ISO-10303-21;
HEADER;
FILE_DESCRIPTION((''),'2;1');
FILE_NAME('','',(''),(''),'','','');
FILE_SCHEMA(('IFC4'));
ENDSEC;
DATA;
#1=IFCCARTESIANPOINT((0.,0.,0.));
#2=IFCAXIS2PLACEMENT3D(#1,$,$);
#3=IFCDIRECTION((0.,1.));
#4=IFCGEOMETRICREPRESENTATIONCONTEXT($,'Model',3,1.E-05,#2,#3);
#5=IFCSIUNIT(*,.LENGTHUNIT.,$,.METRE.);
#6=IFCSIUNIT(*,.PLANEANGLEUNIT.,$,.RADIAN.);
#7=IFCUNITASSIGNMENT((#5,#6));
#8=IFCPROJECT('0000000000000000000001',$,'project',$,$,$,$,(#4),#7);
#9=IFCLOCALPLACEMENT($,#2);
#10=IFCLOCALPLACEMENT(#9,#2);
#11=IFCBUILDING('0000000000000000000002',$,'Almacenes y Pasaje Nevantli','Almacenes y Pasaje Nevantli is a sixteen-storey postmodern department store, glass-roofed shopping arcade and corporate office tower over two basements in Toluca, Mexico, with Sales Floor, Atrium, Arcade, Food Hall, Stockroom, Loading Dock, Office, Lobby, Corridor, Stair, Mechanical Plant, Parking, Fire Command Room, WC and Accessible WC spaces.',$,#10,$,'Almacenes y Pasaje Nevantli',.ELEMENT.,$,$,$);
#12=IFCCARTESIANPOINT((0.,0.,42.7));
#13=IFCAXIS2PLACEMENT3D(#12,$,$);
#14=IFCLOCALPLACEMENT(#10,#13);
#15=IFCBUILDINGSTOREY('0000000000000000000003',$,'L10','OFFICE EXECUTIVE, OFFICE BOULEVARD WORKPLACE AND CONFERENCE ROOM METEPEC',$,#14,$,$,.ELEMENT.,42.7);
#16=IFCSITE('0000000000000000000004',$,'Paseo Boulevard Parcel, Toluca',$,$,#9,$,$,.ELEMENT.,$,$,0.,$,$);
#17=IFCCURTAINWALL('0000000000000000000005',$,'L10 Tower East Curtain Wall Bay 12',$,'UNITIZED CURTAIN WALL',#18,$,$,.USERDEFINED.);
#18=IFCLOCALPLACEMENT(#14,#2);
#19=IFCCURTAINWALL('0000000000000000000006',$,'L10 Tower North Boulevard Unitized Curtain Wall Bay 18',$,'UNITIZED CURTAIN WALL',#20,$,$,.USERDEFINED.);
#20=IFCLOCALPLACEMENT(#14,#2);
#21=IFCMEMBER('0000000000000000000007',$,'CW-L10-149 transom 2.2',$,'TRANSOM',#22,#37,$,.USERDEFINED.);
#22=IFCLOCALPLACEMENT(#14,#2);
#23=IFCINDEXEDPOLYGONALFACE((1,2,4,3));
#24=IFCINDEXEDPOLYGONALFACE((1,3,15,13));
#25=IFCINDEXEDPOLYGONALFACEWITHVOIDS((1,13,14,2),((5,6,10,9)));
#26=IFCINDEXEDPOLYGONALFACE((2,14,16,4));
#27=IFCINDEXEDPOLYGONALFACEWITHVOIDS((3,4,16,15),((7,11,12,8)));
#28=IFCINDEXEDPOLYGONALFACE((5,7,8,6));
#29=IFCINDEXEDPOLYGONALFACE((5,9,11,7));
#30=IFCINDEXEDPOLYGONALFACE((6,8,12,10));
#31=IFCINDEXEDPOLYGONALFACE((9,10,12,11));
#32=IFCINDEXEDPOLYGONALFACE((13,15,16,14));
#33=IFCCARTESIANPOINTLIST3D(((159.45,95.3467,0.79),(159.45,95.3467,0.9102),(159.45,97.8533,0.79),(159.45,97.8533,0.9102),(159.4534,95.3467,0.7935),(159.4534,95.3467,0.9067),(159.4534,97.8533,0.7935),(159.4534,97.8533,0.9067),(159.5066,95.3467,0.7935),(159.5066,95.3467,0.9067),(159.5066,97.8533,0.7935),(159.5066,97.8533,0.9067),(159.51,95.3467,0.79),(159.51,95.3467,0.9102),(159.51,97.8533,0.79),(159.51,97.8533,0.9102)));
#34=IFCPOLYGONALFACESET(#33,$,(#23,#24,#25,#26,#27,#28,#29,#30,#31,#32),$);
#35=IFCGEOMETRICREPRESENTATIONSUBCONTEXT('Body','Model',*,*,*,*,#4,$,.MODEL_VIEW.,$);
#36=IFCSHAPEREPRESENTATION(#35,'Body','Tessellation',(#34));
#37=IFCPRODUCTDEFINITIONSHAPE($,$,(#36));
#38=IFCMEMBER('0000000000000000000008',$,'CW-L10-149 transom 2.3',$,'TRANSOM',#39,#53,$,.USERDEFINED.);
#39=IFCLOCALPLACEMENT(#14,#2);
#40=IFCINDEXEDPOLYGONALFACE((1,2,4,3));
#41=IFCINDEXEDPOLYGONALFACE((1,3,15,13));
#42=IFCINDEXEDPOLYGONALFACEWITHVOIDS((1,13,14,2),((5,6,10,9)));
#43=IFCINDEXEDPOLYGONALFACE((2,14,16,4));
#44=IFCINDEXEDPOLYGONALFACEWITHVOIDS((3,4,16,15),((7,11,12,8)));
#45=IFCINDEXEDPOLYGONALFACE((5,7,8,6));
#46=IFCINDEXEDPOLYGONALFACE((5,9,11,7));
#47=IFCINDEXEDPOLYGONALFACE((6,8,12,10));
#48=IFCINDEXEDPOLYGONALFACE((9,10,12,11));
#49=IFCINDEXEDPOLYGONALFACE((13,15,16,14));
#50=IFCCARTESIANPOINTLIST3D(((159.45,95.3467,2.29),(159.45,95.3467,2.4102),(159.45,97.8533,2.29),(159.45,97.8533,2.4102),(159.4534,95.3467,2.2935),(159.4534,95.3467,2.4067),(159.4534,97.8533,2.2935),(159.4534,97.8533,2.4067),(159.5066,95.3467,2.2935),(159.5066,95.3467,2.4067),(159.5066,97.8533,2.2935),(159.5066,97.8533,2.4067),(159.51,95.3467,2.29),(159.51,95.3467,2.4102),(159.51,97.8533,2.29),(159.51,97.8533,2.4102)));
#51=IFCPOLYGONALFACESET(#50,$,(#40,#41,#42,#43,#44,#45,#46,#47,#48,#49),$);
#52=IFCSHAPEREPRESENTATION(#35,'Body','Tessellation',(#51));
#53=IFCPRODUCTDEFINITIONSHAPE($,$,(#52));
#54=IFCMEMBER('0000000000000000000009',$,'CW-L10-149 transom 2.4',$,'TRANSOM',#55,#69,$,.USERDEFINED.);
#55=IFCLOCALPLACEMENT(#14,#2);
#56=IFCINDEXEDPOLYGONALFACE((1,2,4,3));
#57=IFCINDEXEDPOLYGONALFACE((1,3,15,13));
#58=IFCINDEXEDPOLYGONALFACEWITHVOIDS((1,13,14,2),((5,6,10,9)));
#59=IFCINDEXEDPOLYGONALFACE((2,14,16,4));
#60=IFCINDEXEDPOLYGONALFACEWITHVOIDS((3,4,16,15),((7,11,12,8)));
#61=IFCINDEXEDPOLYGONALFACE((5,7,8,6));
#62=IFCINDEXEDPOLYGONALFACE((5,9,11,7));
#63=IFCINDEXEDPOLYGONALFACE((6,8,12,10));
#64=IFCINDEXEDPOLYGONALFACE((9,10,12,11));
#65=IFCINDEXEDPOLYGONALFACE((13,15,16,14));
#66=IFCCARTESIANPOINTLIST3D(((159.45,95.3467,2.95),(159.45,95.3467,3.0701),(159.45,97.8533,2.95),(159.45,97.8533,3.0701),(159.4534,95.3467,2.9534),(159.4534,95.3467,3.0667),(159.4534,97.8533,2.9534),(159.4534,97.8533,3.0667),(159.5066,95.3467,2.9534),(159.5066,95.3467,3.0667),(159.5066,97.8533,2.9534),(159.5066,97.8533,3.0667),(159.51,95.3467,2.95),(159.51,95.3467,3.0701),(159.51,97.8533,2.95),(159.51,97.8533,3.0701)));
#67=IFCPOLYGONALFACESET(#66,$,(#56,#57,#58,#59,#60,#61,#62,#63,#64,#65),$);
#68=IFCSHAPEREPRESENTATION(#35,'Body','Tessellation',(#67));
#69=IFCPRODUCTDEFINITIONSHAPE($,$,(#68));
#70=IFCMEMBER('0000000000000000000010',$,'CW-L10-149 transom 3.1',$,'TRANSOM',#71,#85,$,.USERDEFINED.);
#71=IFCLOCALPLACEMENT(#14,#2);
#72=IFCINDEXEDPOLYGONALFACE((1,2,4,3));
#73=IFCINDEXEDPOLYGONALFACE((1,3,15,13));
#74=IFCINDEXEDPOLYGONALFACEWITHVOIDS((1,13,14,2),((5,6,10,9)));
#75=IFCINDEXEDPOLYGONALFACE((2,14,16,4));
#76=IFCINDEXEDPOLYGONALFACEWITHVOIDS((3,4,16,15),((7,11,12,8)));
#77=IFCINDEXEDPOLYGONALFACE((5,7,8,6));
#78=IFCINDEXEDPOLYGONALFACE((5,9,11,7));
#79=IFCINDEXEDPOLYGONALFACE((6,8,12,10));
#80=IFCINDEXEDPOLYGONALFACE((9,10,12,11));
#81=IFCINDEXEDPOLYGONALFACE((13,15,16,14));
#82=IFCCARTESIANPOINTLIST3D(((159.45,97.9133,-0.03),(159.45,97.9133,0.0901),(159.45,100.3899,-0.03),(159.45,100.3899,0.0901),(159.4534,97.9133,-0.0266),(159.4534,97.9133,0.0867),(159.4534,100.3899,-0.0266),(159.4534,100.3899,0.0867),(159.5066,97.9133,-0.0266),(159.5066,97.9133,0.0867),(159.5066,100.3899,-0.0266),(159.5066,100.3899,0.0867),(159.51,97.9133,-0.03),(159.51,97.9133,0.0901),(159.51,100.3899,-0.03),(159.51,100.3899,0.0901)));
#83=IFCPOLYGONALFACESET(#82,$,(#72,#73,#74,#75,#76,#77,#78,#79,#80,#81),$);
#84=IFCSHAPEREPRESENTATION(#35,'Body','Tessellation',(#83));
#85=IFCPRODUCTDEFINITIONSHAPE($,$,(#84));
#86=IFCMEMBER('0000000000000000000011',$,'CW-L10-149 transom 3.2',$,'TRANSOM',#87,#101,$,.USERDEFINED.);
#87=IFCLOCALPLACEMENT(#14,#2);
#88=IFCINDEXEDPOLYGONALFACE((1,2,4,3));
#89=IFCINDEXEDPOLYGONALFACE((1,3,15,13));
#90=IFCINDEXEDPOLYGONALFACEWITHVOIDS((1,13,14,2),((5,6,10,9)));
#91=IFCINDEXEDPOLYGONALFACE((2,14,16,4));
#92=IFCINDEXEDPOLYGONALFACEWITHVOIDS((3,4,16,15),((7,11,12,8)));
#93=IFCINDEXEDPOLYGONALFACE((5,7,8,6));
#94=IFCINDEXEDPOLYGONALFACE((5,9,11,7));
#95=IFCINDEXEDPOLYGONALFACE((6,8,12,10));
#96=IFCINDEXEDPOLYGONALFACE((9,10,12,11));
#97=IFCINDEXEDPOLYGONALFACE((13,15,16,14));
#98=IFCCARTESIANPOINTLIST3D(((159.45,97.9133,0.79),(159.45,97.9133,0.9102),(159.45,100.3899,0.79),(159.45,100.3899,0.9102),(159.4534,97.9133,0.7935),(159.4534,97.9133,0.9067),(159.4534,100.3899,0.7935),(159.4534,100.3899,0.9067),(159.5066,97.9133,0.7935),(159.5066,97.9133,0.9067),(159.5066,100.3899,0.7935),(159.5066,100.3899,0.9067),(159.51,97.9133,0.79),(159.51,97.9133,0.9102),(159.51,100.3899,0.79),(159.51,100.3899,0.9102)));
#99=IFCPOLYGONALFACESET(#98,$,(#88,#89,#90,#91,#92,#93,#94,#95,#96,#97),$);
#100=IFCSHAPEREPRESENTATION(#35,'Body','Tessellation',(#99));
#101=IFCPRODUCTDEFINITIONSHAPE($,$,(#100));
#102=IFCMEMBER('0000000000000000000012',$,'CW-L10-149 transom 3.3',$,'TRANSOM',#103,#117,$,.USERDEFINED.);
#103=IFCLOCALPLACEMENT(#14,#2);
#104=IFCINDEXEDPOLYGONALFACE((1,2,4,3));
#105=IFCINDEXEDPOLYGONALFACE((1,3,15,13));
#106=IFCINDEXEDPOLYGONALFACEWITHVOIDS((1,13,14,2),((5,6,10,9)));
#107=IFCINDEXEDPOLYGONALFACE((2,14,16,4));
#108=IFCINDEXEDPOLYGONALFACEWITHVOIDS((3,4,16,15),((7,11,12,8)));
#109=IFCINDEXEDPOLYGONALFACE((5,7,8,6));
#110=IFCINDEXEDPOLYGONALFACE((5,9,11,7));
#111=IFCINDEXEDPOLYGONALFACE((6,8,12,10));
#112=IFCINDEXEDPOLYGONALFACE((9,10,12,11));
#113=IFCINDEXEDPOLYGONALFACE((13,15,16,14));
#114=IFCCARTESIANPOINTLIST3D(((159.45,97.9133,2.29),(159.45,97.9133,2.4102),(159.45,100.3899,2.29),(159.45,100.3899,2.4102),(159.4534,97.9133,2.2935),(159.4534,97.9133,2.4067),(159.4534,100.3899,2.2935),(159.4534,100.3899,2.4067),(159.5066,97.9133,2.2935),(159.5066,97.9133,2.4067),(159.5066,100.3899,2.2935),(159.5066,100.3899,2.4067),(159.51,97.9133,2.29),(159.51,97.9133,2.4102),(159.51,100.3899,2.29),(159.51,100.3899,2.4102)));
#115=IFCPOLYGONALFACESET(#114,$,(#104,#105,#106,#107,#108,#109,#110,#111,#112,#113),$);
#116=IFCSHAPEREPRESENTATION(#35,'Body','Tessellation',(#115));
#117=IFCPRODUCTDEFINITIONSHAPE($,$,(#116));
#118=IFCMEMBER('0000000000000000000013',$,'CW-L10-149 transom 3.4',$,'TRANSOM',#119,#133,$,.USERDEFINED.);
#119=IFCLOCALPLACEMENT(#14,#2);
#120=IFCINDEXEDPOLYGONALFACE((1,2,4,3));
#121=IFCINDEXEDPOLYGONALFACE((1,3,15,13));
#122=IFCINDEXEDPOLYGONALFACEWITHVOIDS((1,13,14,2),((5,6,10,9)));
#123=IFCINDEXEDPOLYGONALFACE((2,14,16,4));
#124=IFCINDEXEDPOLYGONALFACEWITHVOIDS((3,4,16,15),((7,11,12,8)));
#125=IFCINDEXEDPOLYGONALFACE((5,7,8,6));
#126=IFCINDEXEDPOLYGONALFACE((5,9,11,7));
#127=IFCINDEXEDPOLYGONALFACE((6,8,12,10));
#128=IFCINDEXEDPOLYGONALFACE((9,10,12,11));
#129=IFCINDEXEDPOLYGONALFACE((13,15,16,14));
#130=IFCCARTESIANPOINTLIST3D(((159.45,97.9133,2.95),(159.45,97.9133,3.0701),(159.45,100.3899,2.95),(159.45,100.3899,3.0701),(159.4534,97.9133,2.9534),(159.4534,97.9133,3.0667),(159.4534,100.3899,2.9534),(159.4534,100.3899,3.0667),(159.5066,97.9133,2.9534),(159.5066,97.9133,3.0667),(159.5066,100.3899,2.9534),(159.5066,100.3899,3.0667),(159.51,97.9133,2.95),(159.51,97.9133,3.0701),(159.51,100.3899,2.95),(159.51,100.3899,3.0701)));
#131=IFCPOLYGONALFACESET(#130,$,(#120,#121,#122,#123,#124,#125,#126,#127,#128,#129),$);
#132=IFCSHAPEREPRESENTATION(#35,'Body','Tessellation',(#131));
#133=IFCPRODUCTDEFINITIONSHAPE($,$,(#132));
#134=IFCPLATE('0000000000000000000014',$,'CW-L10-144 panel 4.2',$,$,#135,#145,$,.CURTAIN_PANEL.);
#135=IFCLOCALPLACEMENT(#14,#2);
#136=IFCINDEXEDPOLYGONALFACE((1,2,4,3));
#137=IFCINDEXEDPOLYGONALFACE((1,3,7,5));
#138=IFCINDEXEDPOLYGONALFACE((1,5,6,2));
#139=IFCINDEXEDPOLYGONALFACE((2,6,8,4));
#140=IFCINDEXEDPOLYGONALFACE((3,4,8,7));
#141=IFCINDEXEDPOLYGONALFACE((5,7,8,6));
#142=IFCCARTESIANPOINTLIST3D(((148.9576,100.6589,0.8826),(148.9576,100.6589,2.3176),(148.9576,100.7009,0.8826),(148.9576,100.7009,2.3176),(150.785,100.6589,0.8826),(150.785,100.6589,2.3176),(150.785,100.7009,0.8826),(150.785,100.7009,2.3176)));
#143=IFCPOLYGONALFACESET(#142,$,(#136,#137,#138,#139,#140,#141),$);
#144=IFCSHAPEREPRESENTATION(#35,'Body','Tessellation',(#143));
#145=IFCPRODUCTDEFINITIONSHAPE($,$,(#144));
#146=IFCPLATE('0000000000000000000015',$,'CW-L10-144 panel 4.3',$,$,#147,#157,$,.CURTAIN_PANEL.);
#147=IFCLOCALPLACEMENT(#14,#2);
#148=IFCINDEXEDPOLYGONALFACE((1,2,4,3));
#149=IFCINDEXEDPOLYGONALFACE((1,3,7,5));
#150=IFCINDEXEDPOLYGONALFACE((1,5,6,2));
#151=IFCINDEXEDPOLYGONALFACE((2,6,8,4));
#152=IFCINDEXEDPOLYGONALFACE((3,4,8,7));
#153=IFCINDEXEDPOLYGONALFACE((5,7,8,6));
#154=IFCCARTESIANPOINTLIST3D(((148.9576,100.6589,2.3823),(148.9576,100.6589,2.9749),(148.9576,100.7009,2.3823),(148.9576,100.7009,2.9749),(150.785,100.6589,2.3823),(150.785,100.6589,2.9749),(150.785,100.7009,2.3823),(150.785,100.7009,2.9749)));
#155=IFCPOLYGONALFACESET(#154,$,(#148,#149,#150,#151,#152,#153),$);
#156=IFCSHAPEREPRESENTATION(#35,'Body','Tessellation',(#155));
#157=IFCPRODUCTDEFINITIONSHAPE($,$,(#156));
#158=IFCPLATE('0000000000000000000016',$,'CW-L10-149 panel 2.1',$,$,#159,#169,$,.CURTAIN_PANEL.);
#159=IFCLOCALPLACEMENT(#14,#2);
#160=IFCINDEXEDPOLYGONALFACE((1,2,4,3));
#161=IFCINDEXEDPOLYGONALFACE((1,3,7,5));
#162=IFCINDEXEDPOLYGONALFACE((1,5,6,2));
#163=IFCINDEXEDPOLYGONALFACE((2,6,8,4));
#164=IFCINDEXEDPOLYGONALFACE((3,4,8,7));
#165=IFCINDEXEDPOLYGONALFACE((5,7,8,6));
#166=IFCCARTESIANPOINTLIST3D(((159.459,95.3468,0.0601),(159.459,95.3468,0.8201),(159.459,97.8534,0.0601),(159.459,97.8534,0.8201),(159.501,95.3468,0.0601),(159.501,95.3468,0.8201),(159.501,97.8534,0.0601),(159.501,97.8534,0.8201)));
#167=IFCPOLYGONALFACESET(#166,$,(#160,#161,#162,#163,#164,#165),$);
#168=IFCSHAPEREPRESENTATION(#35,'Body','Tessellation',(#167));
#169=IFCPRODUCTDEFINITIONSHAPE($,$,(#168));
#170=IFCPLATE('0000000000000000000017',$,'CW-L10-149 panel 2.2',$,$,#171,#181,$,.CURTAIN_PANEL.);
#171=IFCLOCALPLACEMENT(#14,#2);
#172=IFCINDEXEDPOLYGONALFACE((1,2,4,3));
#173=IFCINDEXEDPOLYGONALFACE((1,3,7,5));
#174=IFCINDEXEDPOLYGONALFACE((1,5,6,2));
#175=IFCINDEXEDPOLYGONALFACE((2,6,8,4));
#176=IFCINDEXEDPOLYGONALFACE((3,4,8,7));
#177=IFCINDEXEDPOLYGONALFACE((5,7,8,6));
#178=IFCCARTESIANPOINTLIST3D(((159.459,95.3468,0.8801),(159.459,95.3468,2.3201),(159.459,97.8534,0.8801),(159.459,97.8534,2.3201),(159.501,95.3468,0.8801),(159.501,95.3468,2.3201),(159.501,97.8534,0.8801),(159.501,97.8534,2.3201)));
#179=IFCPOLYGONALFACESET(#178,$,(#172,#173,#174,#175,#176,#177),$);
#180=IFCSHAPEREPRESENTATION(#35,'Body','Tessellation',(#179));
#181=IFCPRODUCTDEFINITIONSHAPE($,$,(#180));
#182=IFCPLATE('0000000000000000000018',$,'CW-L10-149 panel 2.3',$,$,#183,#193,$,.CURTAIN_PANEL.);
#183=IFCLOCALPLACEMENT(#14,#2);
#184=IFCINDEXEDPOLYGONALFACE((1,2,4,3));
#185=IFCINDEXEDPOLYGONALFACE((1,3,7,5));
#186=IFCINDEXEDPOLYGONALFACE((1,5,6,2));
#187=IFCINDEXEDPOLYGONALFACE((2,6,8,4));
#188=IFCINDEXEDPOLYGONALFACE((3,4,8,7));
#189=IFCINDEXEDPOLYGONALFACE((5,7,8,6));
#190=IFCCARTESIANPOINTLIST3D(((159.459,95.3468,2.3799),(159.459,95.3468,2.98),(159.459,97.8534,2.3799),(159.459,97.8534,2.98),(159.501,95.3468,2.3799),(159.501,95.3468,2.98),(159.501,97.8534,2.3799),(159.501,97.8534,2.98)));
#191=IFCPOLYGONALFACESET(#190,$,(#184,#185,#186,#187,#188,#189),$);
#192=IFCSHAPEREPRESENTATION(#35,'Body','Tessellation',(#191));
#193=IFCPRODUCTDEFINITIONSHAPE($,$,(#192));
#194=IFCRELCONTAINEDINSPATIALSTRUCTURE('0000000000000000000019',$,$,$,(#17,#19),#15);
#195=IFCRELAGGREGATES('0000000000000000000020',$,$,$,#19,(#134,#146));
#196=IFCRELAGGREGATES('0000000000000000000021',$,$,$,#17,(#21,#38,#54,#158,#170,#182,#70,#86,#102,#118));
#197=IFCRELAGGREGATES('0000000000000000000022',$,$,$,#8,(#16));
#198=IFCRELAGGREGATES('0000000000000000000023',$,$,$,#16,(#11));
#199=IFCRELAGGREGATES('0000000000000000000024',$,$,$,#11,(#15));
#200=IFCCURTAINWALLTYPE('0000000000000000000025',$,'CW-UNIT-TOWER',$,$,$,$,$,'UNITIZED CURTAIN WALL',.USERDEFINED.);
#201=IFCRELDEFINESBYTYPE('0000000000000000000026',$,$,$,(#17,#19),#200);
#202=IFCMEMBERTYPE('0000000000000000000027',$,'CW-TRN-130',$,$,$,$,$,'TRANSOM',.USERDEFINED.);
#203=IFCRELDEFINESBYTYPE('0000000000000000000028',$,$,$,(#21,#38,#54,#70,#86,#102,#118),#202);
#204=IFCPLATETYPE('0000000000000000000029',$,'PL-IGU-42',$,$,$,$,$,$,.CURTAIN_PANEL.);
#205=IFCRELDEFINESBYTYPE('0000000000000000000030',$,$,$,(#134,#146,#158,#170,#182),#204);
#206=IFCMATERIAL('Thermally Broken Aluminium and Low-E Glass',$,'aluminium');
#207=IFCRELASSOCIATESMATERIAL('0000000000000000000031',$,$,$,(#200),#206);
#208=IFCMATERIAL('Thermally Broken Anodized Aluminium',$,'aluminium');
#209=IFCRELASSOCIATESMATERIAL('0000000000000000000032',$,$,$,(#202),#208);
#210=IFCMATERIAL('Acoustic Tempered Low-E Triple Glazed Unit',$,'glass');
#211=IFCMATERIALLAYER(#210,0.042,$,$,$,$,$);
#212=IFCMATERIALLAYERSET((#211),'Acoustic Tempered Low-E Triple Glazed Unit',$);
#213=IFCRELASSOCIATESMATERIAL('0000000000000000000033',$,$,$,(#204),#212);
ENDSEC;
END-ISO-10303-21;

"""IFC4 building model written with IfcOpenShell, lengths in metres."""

from ifc_helpers import new_model, si_unit, direction, frame, origin, origin_2d, place, context, subcontext, project, spatial, rectangle, hollow_rectangle, extrude, material, layer, layer_set, material_profile, profile_set, type_object, element, aggregate, save


model = new_model("IFC4")

# Units and contexts
model_context = context("Model", 3, precision=1e-05, world=origin(), true_north=direction((0.0, 1.0)))
body_context = subcontext(model_context, "Body", "Model", "MODEL_VIEW")
ifc_project = project(units=[si_unit("LENGTHUNIT", "METRE"), si_unit("PLANEANGLEUNIT", "RADIAN")], contexts=[model_context])

# Site, building, storey
site_placement = place(None, origin())
site = spatial("IfcSite", under=ifc_project, at=site_placement, Name="Paseo Boulevard Parcel, Toluca", CompositionType="ELEMENT", RefElevation=0.0)
building_placement = place(site_placement, origin())
building = spatial("IfcBuilding", under=site, at=building_placement, Name="Almacenes y Pasaje Nevantli", Description="Almacenes y Pasaje Nevantli is a sixteen-storey postmodern department store, glass-roofed shopping arcade and corporate office tower over two basements in Toluca, Mexico, with Sales Floor, Atrium, Arcade, Food Hall, Stockroom, Loading Dock, Office, Lobby, Corridor, Stair, Mechanical Plant, Parking, Fire Command Room, WC and Accessible WC spaces.", LongName="Almacenes y Pasaje Nevantli", CompositionType="ELEMENT")
storey_placement = place(building_placement, frame((0.0, 0.0, 42.7)))
storey = spatial("IfcBuildingStorey", under=building, at=storey_placement, Name="L10", Description="OFFICE EXECUTIVE, OFFICE BOULEVARD WORKPLACE AND CONFERENCE ROOM METEPEC", CompositionType="ELEMENT", Elevation=42.7)

# Curtain wall
ifc_material_1 = material(Name="Thermally Broken Aluminium and Low-E Glass", Category="aluminium")
curtain_wall_type = type_object("IfcCurtainWallType", Name="CW-UNIT-TOWER", ElementType="UNITIZED CURTAIN WALL", PredefinedType="USERDEFINED", material=ifc_material_1)
curtain_wall_1_placement = place(storey_placement, origin())
curtain_wall_1 = element("IfcCurtainWall", 1, at=curtain_wall_1_placement, inside=storey, type_object=curtain_wall_type, Name="L10 Tower East Curtain Wall Bay 12", ObjectType="UNITIZED CURTAIN WALL", PredefinedType="USERDEFINED")

# Curtain wall
curtain_wall_2_placement = place(storey_placement, origin())
curtain_wall_2 = element("IfcCurtainWall", 2, at=curtain_wall_2_placement, inside=storey, type_object=curtain_wall_type, Name="L10 Tower North Boulevard Unitized Curtain Wall Bay 18", ObjectType="UNITIZED CURTAIN WALL", PredefinedType="USERDEFINED")

# Members
ifc_material_2 = material(Name="Thermally Broken Anodized Aluminium", Category="aluminium")
ifc_material_profile_1 = material_profile(ifc_material_2, hollow_rectangle(XDim=0.0601, YDim=0.1201, WallThickness=0.0034, at=origin_2d()), Name="ALU-TRN-60x120")
ifc_profile_set_1 = profile_set([ifc_material_profile_1], Name="Thermally Broken Anodized Aluminium")
member_type_1 = type_object("IfcMemberType", Name="CW-TRN-130", ElementType="TRANSOM", PredefinedType="USERDEFINED", material=ifc_profile_set_1)
member_1_placement = place(storey_placement, frame((159.48, 95.3467, 0.8501), z_axis=(0.0, 1.0, 0.0), x_axis=(-1.0, 0.0, 0.0)))
member_1 = element("IfcMember", 3, at=member_1_placement, type_object=member_type_1, Name="CW-L10-149 transom 2.2", ObjectType="TRANSOM", PredefinedType="USERDEFINED", context=body_context, shape_type="SweptSolid", body=[
    extrude(hollow_rectangle(XDim=0.0601, YDim=0.1201, WallThickness=0.0034, at=origin_2d()), origin(), (0.0, 0.0, 1.0), 2.5066),
])
member_2_placement = place(storey_placement, frame((159.48, 95.3467, 2.3501), z_axis=(0.0, 1.0, 0.0), x_axis=(-1.0, 0.0, 0.0)))
member_2 = element("IfcMember", 4, at=member_2_placement, type_object=member_type_1, Name="CW-L10-149 transom 2.3", ObjectType="TRANSOM", PredefinedType="USERDEFINED", context=body_context, shape_type="SweptSolid", body=[
    extrude(hollow_rectangle(XDim=0.0601, YDim=0.1201, WallThickness=0.0034, at=origin_2d()), origin(), (0.0, 0.0, 1.0), 2.5066),
])
member_3_placement = place(storey_placement, frame((159.48, 95.3467, 3.01), z_axis=(0.0, 1.0, 0.0), x_axis=(-1.0, 0.0, 0.0)))
member_3 = element("IfcMember", 5, at=member_3_placement, type_object=member_type_1, Name="CW-L10-149 transom 2.4", ObjectType="TRANSOM", PredefinedType="USERDEFINED", context=body_context, shape_type="SweptSolid", body=[
    extrude(hollow_rectangle(XDim=0.0601, YDim=0.1201, WallThickness=0.0034, at=origin_2d()), origin(), (0.0, 0.0, 1.0), 2.5066),
])
member_4_placement = place(storey_placement, frame((159.48, 97.9133, 0.03), z_axis=(0.0, 1.0, 0.0), x_axis=(-1.0, 0.0, 0.0)))
member_4 = element("IfcMember", 6, at=member_4_placement, type_object=member_type_1, Name="CW-L10-149 transom 3.1", ObjectType="TRANSOM", PredefinedType="USERDEFINED", context=body_context, shape_type="SweptSolid", body=[
    extrude(hollow_rectangle(XDim=0.0601, YDim=0.1201, WallThickness=0.0034, at=origin_2d()), origin(), (0.0, 0.0, 1.0), 2.4766),
])
member_5_placement = place(storey_placement, frame((159.48, 97.9133, 0.8501), z_axis=(0.0, 1.0, 0.0), x_axis=(-1.0, 0.0, 0.0)))
member_5 = element("IfcMember", 7, at=member_5_placement, type_object=member_type_1, Name="CW-L10-149 transom 3.2", ObjectType="TRANSOM", PredefinedType="USERDEFINED", context=body_context, shape_type="SweptSolid", body=[
    extrude(hollow_rectangle(XDim=0.0601, YDim=0.1201, WallThickness=0.0034, at=origin_2d()), origin(), (0.0, 0.0, 1.0), 2.4766),
])
member_6_placement = place(storey_placement, frame((159.48, 97.9133, 2.3501), z_axis=(0.0, 1.0, 0.0), x_axis=(-1.0, 0.0, 0.0)))
member_6 = element("IfcMember", 8, at=member_6_placement, type_object=member_type_1, Name="CW-L10-149 transom 3.3", ObjectType="TRANSOM", PredefinedType="USERDEFINED", context=body_context, shape_type="SweptSolid", body=[
    extrude(hollow_rectangle(XDim=0.0601, YDim=0.1201, WallThickness=0.0034, at=origin_2d()), origin(), (0.0, 0.0, 1.0), 2.4766),
])
member_7_placement = place(storey_placement, frame((159.48, 97.9133, 3.01), z_axis=(0.0, 1.0, 0.0), x_axis=(-1.0, 0.0, 0.0)))
member_7 = element("IfcMember", 9, at=member_7_placement, type_object=member_type_1, Name="CW-L10-149 transom 3.4", ObjectType="TRANSOM", PredefinedType="USERDEFINED", context=body_context, shape_type="SweptSolid", body=[
    extrude(hollow_rectangle(XDim=0.0601, YDim=0.1201, WallThickness=0.0034, at=origin_2d()), origin(), (0.0, 0.0, 1.0), 2.4766),
])

# Plates
ifc_material_3 = material(Name="Acoustic Tempered Low-E Triple Glazed Unit", Category="glass")
ifc_layer_1 = layer(ifc_material_3, 0.042)
ifc_layer_set_1 = layer_set([ifc_layer_1], Name="Acoustic Tempered Low-E Triple Glazed Unit")
plate_type = type_object("IfcPlateType", Name="PL-IGU-42", PredefinedType="CURTAIN_PANEL", material=ifc_layer_set_1)
plate_1_placement = place(storey_placement, frame((149.8713, 100.6799, 0.8826), z_axis=(0.0, 0.0, 1.0), x_axis=(1.0, 0.0, 0.0)))
plate_1 = element("IfcPlate", 10, at=plate_1_placement, type_object=plate_type, Name="CW-L10-144 panel 4.2", PredefinedType="CURTAIN_PANEL", context=body_context, shape_type="SweptSolid", body=[
    extrude(rectangle(XDim=1.8274, YDim=0.042, at=origin_2d()), origin(), (0.0, 0.0, 1.0), 1.4351),
])
plate_2_placement = place(storey_placement, frame((149.8713, 100.6799, 2.3823), z_axis=(0.0, 0.0, 1.0), x_axis=(1.0, 0.0, 0.0)))
plate_2 = element("IfcPlate", 11, at=plate_2_placement, type_object=plate_type, Name="CW-L10-144 panel 4.3", PredefinedType="CURTAIN_PANEL", context=body_context, shape_type="SweptSolid", body=[
    extrude(rectangle(XDim=1.8274, YDim=0.042, at=origin_2d()), origin(), (0.0, 0.0, 1.0), 0.5925),
])
aggregate(curtain_wall_2, [plate_1, plate_2])
plate_3_placement = place(storey_placement, frame((159.48, 96.6001, 0.0601), z_axis=(0.0, 0.0, 1.0), x_axis=(0.0, 1.0, 0.0)))
plate_3 = element("IfcPlate", 12, at=plate_3_placement, type_object=plate_type, Name="CW-L10-149 panel 2.1", PredefinedType="CURTAIN_PANEL", context=body_context, shape_type="SweptSolid", body=[
    extrude(rectangle(XDim=2.5066, YDim=0.042, at=origin_2d()), origin(), (0.0, 0.0, 1.0), 0.76),
])
plate_4_placement = place(storey_placement, frame((159.48, 96.6001, 0.8801), z_axis=(0.0, 0.0, 1.0), x_axis=(0.0, 1.0, 0.0)))
plate_4 = element("IfcPlate", 13, at=plate_4_placement, type_object=plate_type, Name="CW-L10-149 panel 2.2", PredefinedType="CURTAIN_PANEL", context=body_context, shape_type="SweptSolid", body=[
    extrude(rectangle(XDim=2.5066, YDim=0.042, at=origin_2d()), origin(), (0.0, 0.0, 1.0), 1.4399),
])
plate_5_placement = place(storey_placement, frame((159.48, 96.6001, 2.3799), z_axis=(0.0, 0.0, 1.0), x_axis=(0.0, 1.0, 0.0)))
plate_5 = element("IfcPlate", 14, at=plate_5_placement, type_object=plate_type, Name="CW-L10-149 panel 2.3", PredefinedType="CURTAIN_PANEL", context=body_context, shape_type="SweptSolid", body=[
    extrude(rectangle(XDim=2.5066, YDim=0.042, at=origin_2d()), origin(), (0.0, 0.0, 1.0), 0.6001),
])
aggregate(curtain_wall_1, [member_1, member_2, member_3, plate_3, plate_4, plate_5, member_4, member_5, member_6, member_7])

save(model, "model.ifc")
